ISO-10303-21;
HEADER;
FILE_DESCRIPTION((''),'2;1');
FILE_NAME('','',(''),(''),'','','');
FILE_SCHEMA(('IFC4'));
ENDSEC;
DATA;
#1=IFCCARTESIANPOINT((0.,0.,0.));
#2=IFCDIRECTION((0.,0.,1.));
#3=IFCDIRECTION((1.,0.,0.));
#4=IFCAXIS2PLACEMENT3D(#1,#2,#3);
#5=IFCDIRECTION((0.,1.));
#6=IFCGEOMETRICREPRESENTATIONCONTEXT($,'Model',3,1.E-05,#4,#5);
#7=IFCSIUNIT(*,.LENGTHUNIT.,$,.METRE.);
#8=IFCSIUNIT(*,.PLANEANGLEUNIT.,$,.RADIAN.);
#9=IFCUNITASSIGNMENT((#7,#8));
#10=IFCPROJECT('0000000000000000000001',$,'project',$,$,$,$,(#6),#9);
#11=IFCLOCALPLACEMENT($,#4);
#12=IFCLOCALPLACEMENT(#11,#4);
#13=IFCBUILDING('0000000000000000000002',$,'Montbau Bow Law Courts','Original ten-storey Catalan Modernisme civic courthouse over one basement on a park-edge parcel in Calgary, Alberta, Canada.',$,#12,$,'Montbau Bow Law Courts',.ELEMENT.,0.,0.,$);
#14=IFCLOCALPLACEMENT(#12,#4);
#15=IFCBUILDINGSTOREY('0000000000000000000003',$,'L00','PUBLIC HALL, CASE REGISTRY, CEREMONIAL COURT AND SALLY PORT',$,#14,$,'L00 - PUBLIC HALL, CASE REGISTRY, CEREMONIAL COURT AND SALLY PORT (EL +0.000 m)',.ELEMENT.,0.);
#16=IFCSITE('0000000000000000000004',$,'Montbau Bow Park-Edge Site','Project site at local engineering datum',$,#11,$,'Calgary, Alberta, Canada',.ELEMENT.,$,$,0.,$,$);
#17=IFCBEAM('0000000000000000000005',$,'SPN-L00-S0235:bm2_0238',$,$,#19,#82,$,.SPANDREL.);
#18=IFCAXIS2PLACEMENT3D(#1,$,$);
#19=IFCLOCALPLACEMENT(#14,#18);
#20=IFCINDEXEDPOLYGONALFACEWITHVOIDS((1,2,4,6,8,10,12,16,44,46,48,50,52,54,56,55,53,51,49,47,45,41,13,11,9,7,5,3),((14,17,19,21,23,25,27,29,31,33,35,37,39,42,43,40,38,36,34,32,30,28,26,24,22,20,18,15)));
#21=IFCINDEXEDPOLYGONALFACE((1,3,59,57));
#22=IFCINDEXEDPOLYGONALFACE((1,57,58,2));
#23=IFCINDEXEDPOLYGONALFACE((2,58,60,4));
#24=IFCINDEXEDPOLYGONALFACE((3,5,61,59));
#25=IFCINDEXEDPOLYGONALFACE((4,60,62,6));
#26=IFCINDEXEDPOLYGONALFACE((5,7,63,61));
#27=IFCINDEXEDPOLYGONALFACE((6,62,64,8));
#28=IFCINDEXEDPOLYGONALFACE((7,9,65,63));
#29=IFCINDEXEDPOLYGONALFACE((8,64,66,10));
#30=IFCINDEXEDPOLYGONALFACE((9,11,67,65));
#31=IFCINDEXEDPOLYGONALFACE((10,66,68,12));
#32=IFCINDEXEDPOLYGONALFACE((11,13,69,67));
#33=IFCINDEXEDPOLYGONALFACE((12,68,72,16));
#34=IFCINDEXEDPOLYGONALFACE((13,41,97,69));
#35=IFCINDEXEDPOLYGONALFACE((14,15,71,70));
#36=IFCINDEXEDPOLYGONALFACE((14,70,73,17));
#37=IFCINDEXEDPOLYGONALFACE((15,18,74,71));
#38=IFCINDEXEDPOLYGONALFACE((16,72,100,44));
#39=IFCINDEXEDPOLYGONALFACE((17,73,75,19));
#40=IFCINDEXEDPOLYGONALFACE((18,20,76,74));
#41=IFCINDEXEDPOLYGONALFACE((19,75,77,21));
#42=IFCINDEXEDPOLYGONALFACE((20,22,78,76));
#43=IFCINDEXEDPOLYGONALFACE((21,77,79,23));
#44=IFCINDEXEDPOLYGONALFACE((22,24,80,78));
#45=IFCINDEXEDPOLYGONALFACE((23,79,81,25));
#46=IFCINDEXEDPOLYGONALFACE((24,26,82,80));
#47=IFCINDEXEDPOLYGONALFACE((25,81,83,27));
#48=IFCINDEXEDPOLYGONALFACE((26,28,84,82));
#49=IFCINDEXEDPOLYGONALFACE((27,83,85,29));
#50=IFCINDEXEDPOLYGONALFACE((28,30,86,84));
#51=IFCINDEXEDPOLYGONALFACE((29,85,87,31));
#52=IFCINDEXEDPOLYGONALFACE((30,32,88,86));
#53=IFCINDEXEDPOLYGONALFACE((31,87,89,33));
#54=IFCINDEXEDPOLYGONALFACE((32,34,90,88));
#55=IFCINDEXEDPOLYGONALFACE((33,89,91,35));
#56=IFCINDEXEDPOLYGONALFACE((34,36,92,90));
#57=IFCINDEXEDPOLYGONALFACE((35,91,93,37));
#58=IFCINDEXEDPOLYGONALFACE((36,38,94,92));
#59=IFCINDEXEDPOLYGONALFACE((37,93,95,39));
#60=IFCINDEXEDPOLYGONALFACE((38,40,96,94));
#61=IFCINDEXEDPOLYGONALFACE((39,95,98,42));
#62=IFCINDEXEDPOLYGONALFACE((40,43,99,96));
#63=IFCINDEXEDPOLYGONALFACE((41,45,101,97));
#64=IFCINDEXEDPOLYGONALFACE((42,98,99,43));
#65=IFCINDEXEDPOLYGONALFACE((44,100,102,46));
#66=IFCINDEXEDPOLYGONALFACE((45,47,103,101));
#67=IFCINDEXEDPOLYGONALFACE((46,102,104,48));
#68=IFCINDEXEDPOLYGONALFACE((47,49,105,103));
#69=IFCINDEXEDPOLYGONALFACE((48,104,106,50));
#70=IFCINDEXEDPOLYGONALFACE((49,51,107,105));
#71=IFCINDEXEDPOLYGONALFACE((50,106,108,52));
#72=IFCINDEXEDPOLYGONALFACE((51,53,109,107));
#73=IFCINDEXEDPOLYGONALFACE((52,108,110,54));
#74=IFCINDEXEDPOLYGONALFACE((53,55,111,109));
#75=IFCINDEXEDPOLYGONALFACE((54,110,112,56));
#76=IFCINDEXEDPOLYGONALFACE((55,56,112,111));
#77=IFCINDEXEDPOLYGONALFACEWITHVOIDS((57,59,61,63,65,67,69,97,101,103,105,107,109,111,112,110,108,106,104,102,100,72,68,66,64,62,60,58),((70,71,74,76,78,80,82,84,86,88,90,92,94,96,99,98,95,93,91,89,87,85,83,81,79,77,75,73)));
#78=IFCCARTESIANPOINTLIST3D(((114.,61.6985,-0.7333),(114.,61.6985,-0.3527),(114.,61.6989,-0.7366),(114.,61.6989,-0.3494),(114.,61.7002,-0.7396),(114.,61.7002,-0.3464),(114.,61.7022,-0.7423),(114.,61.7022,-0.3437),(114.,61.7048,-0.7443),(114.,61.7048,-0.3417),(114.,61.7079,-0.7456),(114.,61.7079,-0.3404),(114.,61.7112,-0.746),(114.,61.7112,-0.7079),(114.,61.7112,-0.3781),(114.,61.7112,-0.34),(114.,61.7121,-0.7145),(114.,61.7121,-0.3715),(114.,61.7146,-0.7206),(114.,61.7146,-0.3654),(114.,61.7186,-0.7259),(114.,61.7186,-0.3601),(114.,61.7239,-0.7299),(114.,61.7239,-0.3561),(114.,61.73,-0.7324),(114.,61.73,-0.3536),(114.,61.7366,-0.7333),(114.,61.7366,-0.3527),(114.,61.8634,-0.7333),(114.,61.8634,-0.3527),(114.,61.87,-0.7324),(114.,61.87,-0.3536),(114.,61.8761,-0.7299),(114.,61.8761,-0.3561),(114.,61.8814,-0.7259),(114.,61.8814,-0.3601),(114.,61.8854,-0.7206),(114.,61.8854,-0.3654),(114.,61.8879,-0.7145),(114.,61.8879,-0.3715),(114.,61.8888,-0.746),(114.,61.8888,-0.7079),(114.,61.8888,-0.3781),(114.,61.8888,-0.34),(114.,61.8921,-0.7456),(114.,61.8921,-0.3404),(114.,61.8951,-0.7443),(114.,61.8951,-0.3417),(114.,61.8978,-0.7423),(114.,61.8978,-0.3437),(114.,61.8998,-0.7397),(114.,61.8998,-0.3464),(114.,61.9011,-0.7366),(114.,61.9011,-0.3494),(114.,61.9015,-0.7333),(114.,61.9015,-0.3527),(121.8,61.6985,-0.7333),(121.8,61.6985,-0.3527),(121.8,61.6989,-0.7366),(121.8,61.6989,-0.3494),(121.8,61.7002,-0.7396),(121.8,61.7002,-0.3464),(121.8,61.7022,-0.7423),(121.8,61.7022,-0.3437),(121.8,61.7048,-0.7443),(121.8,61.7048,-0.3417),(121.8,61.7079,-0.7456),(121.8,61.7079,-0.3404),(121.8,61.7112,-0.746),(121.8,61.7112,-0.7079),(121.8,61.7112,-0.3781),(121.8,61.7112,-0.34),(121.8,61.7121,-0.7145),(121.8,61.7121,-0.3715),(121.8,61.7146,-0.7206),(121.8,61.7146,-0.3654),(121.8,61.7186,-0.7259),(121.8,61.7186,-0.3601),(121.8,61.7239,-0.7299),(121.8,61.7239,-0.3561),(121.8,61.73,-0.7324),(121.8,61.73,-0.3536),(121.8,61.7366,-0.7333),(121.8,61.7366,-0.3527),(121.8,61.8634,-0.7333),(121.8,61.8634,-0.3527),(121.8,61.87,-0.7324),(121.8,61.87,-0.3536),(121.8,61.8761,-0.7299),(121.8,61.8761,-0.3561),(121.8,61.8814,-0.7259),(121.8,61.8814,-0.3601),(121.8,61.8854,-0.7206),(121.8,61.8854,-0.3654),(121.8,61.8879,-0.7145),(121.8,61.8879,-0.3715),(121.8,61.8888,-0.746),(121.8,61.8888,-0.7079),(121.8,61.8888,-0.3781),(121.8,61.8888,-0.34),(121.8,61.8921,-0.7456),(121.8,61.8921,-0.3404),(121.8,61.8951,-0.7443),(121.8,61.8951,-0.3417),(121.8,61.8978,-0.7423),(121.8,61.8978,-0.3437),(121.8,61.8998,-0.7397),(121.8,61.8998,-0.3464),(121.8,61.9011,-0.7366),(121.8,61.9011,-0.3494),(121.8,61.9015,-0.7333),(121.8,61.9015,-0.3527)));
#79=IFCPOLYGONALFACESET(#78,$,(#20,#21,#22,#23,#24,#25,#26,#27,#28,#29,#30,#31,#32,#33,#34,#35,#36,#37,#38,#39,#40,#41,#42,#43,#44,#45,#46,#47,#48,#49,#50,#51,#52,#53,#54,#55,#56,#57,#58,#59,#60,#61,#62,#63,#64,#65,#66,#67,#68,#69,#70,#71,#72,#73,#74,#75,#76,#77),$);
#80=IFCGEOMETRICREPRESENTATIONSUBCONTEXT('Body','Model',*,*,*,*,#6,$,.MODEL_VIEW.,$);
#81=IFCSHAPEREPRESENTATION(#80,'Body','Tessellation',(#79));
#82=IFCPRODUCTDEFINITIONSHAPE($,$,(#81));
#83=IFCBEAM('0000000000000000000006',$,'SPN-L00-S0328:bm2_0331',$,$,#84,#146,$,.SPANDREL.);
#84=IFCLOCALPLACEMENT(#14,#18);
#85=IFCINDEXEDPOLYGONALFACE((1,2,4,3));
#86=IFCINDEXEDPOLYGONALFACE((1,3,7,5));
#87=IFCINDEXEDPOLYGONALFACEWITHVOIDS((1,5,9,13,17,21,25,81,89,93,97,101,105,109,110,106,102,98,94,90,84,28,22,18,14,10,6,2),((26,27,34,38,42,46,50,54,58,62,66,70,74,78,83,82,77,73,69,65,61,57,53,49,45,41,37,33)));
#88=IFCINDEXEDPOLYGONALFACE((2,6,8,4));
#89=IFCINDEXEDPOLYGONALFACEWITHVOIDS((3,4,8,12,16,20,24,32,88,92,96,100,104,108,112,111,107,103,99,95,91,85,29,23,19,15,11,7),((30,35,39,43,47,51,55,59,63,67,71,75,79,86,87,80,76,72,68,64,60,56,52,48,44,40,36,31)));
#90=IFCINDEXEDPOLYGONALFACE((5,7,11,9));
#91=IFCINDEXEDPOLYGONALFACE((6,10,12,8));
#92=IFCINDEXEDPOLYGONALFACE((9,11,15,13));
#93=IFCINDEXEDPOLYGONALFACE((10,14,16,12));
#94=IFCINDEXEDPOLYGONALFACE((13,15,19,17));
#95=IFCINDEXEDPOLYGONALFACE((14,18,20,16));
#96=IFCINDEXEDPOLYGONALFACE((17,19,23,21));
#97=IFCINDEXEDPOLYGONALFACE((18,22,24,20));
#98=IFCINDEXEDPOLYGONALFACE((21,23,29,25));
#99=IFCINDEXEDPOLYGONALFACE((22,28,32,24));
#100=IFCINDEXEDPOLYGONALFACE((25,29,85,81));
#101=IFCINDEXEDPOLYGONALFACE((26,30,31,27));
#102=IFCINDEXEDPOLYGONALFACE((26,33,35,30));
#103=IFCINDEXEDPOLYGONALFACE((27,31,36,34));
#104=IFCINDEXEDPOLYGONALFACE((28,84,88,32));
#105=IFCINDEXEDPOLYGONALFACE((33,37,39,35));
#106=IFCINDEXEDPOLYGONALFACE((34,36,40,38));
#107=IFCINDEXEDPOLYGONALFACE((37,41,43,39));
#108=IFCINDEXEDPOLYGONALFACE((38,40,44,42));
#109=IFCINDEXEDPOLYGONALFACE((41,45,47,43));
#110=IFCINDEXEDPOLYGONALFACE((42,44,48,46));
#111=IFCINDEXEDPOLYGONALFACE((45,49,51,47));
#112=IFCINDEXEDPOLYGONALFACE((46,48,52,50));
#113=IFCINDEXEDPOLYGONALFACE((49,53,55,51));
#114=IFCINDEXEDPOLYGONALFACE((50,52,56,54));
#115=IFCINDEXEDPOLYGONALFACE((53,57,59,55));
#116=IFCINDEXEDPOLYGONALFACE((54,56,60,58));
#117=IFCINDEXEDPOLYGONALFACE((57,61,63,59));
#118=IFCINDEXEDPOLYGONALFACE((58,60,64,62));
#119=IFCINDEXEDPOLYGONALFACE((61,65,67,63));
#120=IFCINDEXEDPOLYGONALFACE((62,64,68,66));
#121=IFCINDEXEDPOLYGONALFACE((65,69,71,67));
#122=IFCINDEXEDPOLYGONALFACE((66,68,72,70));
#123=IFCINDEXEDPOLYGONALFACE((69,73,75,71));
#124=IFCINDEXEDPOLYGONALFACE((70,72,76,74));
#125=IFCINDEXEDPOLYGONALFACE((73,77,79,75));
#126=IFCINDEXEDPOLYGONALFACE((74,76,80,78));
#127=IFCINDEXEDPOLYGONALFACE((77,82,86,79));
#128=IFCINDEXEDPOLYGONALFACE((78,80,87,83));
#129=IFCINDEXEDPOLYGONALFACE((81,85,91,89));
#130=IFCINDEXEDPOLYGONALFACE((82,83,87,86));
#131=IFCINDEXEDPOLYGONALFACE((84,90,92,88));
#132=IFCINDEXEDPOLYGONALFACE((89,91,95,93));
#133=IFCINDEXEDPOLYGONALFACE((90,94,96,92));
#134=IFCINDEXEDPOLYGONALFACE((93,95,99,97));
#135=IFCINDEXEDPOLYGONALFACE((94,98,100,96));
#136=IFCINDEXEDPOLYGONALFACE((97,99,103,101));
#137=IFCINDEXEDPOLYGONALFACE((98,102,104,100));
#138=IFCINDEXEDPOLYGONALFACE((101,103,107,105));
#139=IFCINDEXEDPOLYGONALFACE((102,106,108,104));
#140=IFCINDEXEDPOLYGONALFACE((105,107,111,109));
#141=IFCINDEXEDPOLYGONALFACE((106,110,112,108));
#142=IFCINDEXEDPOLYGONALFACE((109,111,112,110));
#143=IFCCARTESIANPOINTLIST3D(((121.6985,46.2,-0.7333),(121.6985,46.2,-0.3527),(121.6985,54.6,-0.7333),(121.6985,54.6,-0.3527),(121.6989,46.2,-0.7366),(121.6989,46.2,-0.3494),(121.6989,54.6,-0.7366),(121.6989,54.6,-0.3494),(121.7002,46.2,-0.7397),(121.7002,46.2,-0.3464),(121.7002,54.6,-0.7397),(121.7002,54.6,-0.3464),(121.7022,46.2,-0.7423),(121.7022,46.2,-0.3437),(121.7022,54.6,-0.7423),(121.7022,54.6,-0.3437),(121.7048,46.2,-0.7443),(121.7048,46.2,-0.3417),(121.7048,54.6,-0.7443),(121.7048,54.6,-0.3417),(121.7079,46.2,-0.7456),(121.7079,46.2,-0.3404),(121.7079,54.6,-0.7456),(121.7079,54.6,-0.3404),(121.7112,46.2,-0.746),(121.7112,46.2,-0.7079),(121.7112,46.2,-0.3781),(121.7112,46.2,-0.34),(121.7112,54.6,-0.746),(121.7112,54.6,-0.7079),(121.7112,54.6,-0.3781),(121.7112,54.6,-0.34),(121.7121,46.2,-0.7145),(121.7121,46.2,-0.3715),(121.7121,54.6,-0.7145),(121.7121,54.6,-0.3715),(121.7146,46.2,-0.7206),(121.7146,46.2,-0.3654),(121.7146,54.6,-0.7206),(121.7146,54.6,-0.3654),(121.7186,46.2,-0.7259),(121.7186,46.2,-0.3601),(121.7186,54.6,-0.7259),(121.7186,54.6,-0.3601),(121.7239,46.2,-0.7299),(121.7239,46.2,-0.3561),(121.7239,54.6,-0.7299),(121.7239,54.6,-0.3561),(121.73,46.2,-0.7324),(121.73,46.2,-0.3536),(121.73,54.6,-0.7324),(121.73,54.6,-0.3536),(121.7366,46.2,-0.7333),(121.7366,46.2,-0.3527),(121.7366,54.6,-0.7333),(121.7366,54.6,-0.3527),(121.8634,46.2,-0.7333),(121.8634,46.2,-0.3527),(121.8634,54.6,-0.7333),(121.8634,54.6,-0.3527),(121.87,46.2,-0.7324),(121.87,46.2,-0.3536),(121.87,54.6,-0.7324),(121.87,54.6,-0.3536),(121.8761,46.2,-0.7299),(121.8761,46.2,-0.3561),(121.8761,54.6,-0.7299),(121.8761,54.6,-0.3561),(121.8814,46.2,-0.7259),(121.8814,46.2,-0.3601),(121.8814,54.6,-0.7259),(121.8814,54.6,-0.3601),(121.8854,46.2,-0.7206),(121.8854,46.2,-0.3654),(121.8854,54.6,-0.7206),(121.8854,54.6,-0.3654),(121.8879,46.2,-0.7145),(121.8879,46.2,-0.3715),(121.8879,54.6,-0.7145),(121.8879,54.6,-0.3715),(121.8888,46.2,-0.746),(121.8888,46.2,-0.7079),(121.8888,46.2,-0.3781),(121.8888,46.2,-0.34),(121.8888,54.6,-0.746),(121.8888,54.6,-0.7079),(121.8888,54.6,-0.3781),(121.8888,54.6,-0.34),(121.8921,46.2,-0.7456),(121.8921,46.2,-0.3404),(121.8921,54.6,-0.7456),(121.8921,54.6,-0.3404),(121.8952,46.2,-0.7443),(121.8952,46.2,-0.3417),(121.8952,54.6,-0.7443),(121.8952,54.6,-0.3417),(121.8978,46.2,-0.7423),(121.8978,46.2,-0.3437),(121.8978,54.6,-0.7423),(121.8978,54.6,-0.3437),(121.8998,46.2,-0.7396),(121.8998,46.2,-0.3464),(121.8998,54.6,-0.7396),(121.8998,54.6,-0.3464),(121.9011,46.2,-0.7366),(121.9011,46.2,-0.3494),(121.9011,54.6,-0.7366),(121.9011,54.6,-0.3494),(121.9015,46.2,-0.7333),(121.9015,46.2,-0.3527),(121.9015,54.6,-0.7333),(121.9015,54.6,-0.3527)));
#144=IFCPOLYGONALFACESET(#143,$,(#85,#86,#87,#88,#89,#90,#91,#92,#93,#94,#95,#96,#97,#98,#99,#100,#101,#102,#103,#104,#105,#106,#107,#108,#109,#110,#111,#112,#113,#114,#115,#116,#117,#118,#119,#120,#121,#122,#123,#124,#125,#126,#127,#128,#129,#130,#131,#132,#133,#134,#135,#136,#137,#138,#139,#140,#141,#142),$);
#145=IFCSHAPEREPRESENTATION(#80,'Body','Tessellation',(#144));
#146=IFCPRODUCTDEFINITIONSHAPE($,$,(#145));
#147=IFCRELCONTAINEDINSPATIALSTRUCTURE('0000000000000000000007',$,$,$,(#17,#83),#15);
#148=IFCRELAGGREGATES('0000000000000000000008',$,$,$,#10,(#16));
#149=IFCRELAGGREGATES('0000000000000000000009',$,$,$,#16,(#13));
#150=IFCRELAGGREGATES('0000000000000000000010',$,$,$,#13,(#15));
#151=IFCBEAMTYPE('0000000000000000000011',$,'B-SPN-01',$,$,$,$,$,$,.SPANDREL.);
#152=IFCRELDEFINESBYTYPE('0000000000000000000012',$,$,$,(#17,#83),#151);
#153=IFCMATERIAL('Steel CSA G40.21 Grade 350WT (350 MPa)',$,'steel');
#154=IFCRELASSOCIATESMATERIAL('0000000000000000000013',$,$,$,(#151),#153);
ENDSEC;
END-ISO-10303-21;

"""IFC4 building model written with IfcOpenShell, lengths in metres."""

from ifc_helpers import new_model, si_unit, direction, frame, origin_with_axes, origin_2d_with_axis, place, context, subcontext, project, spatial, hollow_rectangle, extrude, material, material_profile, profile_set, type_object, element, save


model = new_model("IFC4")

# Units and contexts
model_context = context("Model", 3, precision=1e-05, world=origin_with_axes(), true_north=direction((0.0, 1.0)))
body_context = subcontext(model_context, "Body", "Model", "MODEL_VIEW")
ifc_project = project(units=[si_unit("LENGTHUNIT", "METRE"), si_unit("PLANEANGLEUNIT", "RADIAN")], contexts=[model_context])

# Site, building, storey
site_placement = place(None, origin_with_axes())
site = spatial("IfcSite", under=ifc_project, at=site_placement, Name="Montbau Bow Park-Edge Site", Description="Project site at local engineering datum", LongName="Calgary, Alberta, Canada", CompositionType="ELEMENT", RefElevation=0.0)
building_placement = place(site_placement, origin_with_axes())
building = spatial("IfcBuilding", under=site, at=building_placement, Name="Montbau Bow Law Courts", Description="Original ten-storey Catalan Modernisme civic courthouse over one basement on a park-edge parcel in Calgary, Alberta, Canada.", LongName="Montbau Bow Law Courts", CompositionType="ELEMENT", ElevationOfRefHeight=0.0, ElevationOfTerrain=0.0)
storey_placement = place(building_placement, origin_with_axes())
storey = spatial("IfcBuildingStorey", under=building, at=storey_placement, Name="L00", Description="PUBLIC HALL, CASE REGISTRY, CEREMONIAL COURT AND SALLY PORT", LongName="L00 - PUBLIC HALL, CASE REGISTRY, CEREMONIAL COURT AND SALLY PORT (EL +0.000 m)", CompositionType="ELEMENT", Elevation=0.0)

# Beams
ifc_material_1 = material(Name="Steel CSA G40.21 Grade 350WT (350 MPa)", Category="steel")
ifc_material_profile_1 = material_profile(ifc_material_1, hollow_rectangle(XDim=0.203, YDim=0.406, WallThickness=0.0127, InnerFilletRadius=0.0254, OuterFilletRadius=0.0127, at=origin_2d_with_axis()), Name="HSS406X203X13", Category="Main", Priority=0)
ifc_profile_set_1 = profile_set([ifc_material_profile_1], Name="Steel CSA G40.21 Grade 350WT (350 MPa)")
beam_type_1 = type_object("IfcBeamType", Name="B-SPN-01", PredefinedType="SPANDREL", material=ifc_profile_set_1)
beam_1_placement = place(None, frame((114.0, 61.8, -0.543), z_axis=(1.0, 0.0, 0.0), x_axis=(0.0, 1.0, 0.0)))
element("IfcBeam", 1, at=beam_1_placement, inside=storey, type_object=beam_type_1, Name="SPN-L00-S0235:bm2_0238", PredefinedType="SPANDREL", context=body_context, shape_type="SweptSolid", body=[
    extrude(hollow_rectangle(XDim=0.203, YDim=0.406, WallThickness=0.0127, InnerFilletRadius=0.0254, OuterFilletRadius=0.0127, at=origin_2d_with_axis()), origin_with_axes(), (0.0, 0.0, 1.0), 7.8),
])
beam_2_placement = place(None, frame((121.8, 46.2, -0.543), z_axis=(0.0, 1.0, 0.0), x_axis=(-1.0, 0.0, 0.0)))
element("IfcBeam", 2, at=beam_2_placement, inside=storey, type_object=beam_type_1, Name="SPN-L00-S0328:bm2_0331", PredefinedType="SPANDREL", context=body_context, shape_type="SweptSolid", body=[
    extrude(hollow_rectangle(XDim=0.203, YDim=0.406, WallThickness=0.0127, InnerFilletRadius=0.0254, OuterFilletRadius=0.0127, at=origin_2d_with_axis()), origin_with_axes(), (0.0, 0.0, 1.0), 8.4),
])

save(model, "model.ifc")
